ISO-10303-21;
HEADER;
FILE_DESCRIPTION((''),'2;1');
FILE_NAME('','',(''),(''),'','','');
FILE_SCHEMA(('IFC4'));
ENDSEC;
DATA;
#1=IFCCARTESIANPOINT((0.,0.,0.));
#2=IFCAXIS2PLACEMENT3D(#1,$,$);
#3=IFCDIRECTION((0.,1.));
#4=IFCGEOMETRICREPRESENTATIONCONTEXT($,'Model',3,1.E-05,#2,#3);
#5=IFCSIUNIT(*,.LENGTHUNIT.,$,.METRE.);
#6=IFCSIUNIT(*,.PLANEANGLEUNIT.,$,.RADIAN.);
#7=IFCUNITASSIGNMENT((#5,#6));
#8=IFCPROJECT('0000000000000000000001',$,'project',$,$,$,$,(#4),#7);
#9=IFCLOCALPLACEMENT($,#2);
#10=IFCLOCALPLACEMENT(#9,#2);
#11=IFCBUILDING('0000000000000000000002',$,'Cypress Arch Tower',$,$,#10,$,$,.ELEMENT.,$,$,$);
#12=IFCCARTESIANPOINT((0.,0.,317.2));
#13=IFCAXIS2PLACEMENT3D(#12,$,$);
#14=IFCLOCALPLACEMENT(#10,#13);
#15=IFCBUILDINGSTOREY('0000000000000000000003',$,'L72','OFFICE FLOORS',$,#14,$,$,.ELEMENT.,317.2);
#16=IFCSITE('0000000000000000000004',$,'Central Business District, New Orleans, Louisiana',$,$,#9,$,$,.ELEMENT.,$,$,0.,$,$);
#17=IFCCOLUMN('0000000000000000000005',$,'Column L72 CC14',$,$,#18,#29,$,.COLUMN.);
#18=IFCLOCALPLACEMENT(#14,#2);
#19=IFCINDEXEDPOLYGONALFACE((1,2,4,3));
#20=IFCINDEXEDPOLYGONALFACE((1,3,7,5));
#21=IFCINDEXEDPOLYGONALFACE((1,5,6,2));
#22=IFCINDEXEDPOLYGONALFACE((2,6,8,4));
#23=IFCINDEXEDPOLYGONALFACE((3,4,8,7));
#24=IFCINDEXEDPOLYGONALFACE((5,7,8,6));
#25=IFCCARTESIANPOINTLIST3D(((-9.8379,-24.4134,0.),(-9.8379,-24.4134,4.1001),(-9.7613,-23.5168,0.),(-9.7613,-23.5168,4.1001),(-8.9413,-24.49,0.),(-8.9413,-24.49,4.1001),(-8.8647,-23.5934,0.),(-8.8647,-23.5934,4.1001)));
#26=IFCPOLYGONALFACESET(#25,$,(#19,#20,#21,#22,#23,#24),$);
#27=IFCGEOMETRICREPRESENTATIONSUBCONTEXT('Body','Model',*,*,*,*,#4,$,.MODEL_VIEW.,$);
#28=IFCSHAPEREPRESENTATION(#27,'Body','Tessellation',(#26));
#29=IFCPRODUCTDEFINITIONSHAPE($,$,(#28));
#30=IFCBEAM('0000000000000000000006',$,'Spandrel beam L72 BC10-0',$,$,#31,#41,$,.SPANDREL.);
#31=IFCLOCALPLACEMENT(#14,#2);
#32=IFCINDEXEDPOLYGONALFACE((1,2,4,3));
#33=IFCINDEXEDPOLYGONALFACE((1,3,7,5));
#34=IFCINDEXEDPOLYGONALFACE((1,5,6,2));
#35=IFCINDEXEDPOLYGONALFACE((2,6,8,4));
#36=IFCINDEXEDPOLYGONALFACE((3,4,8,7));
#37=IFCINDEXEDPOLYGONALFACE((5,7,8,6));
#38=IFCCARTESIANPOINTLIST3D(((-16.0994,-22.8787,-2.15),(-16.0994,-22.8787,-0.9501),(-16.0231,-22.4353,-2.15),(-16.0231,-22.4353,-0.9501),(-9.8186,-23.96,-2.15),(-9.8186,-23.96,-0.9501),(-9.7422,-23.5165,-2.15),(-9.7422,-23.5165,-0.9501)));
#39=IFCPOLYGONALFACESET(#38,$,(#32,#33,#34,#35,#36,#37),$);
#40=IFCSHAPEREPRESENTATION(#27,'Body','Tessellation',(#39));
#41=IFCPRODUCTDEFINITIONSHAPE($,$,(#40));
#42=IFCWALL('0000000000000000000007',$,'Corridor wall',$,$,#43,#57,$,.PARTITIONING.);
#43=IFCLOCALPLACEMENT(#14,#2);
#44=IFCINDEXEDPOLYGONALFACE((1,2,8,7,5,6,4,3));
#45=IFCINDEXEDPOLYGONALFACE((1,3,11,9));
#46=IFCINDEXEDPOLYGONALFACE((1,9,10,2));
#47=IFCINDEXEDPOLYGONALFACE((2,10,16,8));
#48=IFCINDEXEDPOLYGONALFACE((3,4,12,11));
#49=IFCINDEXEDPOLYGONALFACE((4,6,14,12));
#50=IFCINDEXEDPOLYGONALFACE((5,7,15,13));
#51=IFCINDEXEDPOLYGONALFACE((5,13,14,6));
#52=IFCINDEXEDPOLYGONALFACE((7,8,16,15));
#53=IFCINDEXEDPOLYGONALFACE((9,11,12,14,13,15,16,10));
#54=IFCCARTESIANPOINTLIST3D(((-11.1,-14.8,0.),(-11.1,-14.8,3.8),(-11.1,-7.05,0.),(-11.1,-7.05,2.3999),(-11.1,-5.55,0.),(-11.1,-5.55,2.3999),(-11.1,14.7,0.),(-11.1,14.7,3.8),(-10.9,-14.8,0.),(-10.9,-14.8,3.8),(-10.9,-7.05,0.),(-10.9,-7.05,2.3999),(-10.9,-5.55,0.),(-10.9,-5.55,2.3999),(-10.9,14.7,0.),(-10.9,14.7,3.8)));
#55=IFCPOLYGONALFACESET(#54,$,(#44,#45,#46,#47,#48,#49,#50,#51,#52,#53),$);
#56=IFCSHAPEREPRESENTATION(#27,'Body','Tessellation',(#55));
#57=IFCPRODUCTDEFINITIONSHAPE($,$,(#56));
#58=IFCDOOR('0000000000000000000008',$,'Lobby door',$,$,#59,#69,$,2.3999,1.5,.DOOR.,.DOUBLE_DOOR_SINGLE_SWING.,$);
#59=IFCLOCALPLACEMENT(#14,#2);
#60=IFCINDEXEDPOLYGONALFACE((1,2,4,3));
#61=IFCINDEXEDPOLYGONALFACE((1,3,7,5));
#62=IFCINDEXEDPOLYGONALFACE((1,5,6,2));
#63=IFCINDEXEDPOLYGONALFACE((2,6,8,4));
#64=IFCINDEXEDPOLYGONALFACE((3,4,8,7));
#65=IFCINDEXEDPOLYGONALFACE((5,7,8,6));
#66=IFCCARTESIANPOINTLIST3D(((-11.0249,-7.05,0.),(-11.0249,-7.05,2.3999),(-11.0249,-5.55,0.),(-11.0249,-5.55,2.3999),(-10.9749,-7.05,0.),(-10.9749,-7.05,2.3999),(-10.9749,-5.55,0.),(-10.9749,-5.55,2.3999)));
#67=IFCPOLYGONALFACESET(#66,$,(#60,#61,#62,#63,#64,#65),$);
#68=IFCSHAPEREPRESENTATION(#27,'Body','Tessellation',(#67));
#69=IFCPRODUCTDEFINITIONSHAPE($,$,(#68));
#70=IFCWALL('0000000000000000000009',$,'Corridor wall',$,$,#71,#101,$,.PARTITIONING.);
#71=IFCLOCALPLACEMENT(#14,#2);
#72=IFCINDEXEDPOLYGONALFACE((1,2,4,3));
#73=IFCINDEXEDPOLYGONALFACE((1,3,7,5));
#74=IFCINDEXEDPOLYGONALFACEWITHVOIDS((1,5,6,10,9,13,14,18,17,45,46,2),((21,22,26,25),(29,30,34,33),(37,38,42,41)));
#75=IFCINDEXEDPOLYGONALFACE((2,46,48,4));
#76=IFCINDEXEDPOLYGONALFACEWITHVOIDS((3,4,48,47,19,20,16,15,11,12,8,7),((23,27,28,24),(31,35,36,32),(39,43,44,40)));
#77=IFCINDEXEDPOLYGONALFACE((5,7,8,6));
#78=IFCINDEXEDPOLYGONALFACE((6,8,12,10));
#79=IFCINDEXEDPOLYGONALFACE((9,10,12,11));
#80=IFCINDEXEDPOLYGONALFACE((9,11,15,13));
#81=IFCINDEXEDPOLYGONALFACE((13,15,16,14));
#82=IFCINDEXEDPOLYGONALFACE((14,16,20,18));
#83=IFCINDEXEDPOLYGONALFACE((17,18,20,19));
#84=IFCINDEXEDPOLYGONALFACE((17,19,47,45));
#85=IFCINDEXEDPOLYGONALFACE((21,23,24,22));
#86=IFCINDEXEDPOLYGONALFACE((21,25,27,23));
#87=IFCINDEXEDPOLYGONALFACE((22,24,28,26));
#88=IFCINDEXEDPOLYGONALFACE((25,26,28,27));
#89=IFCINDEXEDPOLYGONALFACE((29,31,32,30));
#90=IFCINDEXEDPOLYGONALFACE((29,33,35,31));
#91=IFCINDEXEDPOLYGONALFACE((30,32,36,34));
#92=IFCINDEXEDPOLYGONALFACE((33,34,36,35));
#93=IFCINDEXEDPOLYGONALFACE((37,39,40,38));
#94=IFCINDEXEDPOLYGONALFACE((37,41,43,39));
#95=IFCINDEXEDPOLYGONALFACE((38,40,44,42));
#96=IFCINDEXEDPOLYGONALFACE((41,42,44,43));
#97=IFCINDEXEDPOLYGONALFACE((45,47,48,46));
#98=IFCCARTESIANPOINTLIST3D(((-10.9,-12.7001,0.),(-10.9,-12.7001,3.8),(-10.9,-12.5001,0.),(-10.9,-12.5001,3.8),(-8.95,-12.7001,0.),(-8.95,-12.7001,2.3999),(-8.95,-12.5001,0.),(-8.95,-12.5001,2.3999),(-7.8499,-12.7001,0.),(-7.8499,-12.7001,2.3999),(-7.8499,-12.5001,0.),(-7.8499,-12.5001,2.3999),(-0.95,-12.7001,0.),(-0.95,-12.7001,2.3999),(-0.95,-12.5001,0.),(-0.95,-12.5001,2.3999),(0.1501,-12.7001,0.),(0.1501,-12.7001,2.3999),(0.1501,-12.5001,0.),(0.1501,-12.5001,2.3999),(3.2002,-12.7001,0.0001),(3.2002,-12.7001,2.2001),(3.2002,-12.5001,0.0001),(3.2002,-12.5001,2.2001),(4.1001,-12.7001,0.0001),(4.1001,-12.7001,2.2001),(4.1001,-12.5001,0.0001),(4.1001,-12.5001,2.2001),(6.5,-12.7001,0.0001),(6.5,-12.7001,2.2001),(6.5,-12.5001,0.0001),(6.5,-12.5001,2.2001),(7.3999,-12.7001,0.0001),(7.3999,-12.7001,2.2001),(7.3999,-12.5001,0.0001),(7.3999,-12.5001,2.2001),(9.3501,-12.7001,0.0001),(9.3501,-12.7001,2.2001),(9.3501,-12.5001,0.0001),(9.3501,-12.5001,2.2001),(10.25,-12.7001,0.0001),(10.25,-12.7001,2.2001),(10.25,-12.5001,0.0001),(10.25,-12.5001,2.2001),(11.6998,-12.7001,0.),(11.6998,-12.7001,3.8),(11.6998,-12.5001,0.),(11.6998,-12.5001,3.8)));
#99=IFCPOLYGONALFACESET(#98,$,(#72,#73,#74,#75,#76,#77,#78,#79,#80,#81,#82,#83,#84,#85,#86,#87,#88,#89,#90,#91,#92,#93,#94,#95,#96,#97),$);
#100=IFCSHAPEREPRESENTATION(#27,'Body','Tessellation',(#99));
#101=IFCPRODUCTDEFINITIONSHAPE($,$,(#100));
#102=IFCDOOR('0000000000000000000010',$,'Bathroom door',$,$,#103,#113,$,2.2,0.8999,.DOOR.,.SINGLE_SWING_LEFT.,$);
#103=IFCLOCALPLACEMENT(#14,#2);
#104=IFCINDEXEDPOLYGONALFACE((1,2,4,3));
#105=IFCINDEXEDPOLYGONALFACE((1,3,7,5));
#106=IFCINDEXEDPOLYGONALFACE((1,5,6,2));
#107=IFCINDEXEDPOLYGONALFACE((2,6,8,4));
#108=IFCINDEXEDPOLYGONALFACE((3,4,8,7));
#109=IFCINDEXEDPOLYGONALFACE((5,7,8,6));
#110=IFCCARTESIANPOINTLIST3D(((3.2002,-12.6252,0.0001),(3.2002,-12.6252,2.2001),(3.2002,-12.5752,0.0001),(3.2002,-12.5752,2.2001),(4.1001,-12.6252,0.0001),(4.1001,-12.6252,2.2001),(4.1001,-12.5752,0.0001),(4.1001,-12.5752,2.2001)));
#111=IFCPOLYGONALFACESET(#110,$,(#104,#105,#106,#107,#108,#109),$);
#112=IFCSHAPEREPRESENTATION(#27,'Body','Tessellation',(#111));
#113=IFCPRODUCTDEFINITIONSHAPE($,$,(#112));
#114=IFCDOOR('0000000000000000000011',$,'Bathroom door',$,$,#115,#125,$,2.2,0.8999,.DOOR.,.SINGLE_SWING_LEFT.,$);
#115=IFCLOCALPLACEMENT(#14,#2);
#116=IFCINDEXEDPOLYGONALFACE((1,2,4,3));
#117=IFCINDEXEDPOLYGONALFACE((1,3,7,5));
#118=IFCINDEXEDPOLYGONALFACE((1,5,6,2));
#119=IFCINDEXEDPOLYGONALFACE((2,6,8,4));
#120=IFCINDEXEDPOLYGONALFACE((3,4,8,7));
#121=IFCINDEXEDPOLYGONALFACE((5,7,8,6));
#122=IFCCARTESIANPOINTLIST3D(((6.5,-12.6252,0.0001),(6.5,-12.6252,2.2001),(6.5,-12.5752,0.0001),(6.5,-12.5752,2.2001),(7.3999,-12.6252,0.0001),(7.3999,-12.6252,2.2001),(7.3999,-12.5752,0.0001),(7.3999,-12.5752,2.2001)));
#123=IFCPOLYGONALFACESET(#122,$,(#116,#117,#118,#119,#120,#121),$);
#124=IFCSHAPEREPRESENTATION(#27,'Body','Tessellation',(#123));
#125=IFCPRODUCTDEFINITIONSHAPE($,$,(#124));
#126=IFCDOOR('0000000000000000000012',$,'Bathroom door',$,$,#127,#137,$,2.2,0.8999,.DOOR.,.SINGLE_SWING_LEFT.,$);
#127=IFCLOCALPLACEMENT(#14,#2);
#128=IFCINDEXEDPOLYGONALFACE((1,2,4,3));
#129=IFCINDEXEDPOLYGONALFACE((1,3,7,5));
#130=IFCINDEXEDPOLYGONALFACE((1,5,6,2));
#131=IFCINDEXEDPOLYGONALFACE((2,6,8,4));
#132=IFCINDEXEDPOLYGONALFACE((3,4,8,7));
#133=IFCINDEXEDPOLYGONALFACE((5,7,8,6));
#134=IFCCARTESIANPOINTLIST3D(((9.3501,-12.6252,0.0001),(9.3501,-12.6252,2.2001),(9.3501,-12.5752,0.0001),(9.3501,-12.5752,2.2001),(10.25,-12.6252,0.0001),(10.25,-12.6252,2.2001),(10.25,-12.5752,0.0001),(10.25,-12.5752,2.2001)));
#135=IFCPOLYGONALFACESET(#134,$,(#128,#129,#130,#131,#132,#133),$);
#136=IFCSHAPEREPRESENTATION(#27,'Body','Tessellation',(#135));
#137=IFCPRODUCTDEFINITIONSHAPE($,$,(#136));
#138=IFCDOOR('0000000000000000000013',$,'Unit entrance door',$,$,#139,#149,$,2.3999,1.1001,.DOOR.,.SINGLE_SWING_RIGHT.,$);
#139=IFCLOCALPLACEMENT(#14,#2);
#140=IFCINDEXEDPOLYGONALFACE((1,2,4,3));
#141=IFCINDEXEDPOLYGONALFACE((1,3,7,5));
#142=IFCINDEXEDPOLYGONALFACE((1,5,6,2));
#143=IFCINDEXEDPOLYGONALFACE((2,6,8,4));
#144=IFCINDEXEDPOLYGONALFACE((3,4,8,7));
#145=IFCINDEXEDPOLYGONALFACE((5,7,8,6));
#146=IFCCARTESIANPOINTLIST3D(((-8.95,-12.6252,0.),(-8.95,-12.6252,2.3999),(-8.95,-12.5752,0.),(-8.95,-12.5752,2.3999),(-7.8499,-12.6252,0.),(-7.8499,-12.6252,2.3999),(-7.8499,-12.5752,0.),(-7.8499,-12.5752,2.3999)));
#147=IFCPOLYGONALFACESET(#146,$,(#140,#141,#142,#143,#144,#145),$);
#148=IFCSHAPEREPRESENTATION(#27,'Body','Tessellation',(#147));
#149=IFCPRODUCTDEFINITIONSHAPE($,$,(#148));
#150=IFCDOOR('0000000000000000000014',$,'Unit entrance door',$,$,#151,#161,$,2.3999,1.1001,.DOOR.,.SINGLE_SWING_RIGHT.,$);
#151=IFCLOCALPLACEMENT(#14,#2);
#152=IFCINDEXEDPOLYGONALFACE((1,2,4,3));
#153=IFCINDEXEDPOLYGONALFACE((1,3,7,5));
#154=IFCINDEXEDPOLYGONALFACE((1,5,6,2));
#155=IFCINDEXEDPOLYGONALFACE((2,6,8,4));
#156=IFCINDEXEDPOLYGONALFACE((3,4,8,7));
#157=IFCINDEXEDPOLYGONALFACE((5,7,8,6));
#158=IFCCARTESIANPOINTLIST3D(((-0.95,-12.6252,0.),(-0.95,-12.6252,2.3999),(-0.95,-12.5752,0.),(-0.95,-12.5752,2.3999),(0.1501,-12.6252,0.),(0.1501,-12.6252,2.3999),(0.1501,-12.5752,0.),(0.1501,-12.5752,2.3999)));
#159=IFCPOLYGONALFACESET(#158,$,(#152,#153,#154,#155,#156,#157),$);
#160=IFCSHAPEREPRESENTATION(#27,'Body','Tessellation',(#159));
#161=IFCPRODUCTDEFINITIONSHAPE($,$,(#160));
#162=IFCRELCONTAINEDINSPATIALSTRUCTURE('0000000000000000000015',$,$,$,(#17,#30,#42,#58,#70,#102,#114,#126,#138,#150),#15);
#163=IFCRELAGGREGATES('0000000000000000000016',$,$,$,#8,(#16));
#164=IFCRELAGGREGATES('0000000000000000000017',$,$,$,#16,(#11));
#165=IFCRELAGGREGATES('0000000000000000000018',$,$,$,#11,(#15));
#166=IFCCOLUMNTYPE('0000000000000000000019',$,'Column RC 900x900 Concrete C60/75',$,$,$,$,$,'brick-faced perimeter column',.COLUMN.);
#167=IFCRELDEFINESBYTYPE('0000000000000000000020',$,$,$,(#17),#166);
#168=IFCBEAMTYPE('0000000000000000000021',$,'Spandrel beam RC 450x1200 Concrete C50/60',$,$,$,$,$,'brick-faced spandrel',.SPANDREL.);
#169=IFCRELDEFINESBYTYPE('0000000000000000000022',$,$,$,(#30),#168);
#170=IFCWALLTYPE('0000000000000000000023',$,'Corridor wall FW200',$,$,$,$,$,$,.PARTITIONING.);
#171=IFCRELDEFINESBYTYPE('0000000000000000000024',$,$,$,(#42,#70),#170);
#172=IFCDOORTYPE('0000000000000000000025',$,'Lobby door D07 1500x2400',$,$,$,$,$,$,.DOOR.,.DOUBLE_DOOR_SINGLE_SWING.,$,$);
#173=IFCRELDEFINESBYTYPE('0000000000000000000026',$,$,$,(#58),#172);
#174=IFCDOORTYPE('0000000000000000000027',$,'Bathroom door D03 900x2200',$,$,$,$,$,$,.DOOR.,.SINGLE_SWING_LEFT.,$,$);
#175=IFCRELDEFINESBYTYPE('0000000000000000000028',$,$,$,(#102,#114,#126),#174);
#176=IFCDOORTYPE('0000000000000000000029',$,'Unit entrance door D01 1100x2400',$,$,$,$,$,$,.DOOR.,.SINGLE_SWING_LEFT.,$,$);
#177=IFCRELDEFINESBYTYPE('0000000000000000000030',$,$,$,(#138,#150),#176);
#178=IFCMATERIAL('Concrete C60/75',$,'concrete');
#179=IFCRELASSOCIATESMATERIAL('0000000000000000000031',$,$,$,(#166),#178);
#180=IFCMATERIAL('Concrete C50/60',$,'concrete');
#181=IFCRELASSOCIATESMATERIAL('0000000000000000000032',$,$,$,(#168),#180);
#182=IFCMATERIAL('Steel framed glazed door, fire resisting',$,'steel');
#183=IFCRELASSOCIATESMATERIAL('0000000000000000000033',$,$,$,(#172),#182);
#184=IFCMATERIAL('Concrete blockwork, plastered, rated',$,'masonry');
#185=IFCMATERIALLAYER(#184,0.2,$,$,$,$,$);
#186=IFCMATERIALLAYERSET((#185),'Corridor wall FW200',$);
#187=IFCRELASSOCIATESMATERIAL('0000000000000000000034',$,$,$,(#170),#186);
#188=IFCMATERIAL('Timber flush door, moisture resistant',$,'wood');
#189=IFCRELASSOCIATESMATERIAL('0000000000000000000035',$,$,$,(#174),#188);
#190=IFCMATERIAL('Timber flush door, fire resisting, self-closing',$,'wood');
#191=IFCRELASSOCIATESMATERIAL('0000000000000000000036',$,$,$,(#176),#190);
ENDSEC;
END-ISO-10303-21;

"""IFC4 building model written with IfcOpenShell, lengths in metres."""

from ifc_helpers import new_model, si_unit, direction, frame, frame_2d, origin, origin_2d, place, context, subcontext, project, spatial, rectangle, extrude, material, layer, layer_set, material_profile, profile_set, type_object, element, fill, save


model = new_model("IFC4")

# Units and contexts
model_context = context("Model", 3, precision=1e-05, world=origin(), true_north=direction((0.0, 1.0)))
body_context = subcontext(model_context, "Body", "Model", "MODEL_VIEW")
ifc_project = project(units=[si_unit("LENGTHUNIT", "METRE"), si_unit("PLANEANGLEUNIT", "RADIAN")], contexts=[model_context])

# Site, building, storey
site_placement = place(None, origin())
site = spatial("IfcSite", under=ifc_project, at=site_placement, Name="Central Business District, New Orleans, Louisiana", CompositionType="ELEMENT", RefElevation=0.0)
building_placement = place(site_placement, origin())
building = spatial("IfcBuilding", under=site, at=building_placement, Name="Cypress Arch Tower", CompositionType="ELEMENT")
storey_placement = place(building_placement, frame((0.0, 0.0, 317.2)))
storey = spatial("IfcBuildingStorey", under=building, at=storey_placement, Name="L72", Description="OFFICE FLOORS", CompositionType="ELEMENT", Elevation=317.2)

# Column
ifc_material_1 = material(Name="Concrete C60/75", Category="concrete")
ifc_material_profile_1 = material_profile(ifc_material_1, rectangle(XDim=0.8999, YDim=0.8999, at=origin_2d()), Name="RC 900x900")
ifc_profile_set_1 = profile_set([ifc_material_profile_1], Name="Concrete C60/75")
column_type = type_object("IfcColumnType", Name="Column RC 900x900 Concrete C60/75", ElementType="brick-faced perimeter column", PredefinedType="COLUMN", material=ifc_profile_set_1)
column_placement = place(storey_placement, frame((-9.3513, -24.0034, 0.0), z_axis=(0.0, 0.0, 1.0), x_axis=(0.996368, -0.085149, 0.0)))
element("IfcColumn", 1, at=column_placement, inside=storey, type_object=column_type, Name="Column L72 CC14", PredefinedType="COLUMN", context=body_context, shape_type="SweptSolid", body=[
    extrude(rectangle(XDim=0.8999, YDim=0.8999, at=origin_2d()), origin(), (0.0, 0.0, 1.0), 4.1001),
])

# Beam
ifc_material_2 = material(Name="Concrete C50/60", Category="concrete")
ifc_material_profile_2 = material_profile(ifc_material_2, rectangle(XDim=0.45, YDim=1.2, at=origin_2d()), Name="RC 450x1200")
ifc_profile_set_2 = profile_set([ifc_material_profile_2], Name="Concrete C50/60")
beam_type = type_object("IfcBeamType", Name="Spandrel beam RC 450x1200 Concrete C50/60", ElementType="brick-faced spandrel", PredefinedType="SPANDREL", material=ifc_profile_set_2)
beam_placement = place(storey_placement, frame((-16.0613, -22.657, -1.55), z_axis=(0.985503, -0.169658, 0.0), x_axis=(0.169658, 0.985503, 0.0)))
element("IfcBeam", 2, at=beam_placement, inside=storey, type_object=beam_type, Name="Spandrel beam L72 BC10-0", PredefinedType="SPANDREL", context=body_context, shape_type="SweptSolid", body=[
    extrude(rectangle(XDim=0.45, YDim=1.2, at=origin_2d()), origin(), (0.0, 0.0, 1.0), 6.3733),
])

# Shared definitions
ifc_material_3 = material(Name="Steel framed glazed door, fire resisting", Category="steel")
door_type_1 = type_object("IfcDoorType", Name="Lobby door D07 1500x2400", OperationType="DOUBLE_DOOR_SINGLE_SWING", PredefinedType="DOOR", material=ifc_material_3)

# Shared definitions
ifc_material_4 = material(Name="Concrete blockwork, plastered, rated", Category="masonry")
ifc_layer_1 = layer(ifc_material_4, 0.2)
ifc_layer_set_1 = layer_set([ifc_layer_1], Name="Corridor wall FW200")
wall_type_1 = type_object("IfcWallType", Name="Corridor wall FW200", PredefinedType="PARTITIONING", material=ifc_layer_set_1)

# Wall, opening, door
wall_1_placement = place(storey_placement, frame((-11.0, -14.8, 0.0), z_axis=(0.0, 0.0, 1.0), x_axis=(0.0, 1.0, 0.0)))
wall_1 = element("IfcWall", 3, at=wall_1_placement, inside=storey, type_object=wall_type_1, Name="Corridor wall", PredefinedType="PARTITIONING", context=body_context, shape_type="SweptSolid", body=[
    extrude(rectangle(XDim=29.5, YDim=0.2, at=frame_2d((14.75, 0.0))), origin(), (0.0, 0.0, 1.0), 3.8),
])
opening_1_placement = place(wall_1_placement, frame((7.75, 0.0, 0.0)))
opening_1 = element("IfcOpeningElement", 4, at=opening_1_placement, cuts=wall_1, PredefinedType="OPENING", context=body_context, shape_type="SweptSolid", body=[
    extrude(rectangle(XDim=1.5, YDim=2.3999, at=frame_2d((0.75, 1.2))), frame((0.0, 0.1099, 0.0), z_axis=(0.0, -1.0, 0.0), x_axis=(1.0, 0.0, 0.0)), (0.0, 0.0, 1.0), 0.22),
])
door_1_placement = place(opening_1_placement, origin())
door_1 = element("IfcDoor", 5, at=door_1_placement, inside=storey, type_object=door_type_1, Name="Lobby door", OperationType="DOUBLE_DOOR_SINGLE_SWING", OverallHeight=2.3999, OverallWidth=1.5, PredefinedType="DOOR", context=body_context, shape_type="SweptSolid", body=[
    extrude(rectangle(XDim=1.5, YDim=2.3999, at=frame_2d((0.75, 1.2))), frame((0.0, 0.0249, 0.0), z_axis=(0.0, -1.0, 0.0), x_axis=(1.0, 0.0, 0.0)), (0.0, 0.0, 1.0), 0.05),
])
fill(opening_1, door_1)

# Wall, openings, doors
wall_2_placement = place(storey_placement, frame((-10.8999, -12.6001, 0.0), z_axis=(0.0, 0.0, 1.0), x_axis=(1.0, 0.0, 0.0)))
wall_2 = element("IfcWall", 6, at=wall_2_placement, inside=storey, type_object=wall_type_1, Name="Corridor wall", PredefinedType="PARTITIONING", context=body_context, shape_type="SweptSolid", body=[
    extrude(rectangle(XDim=22.5999, YDim=0.2, at=frame_2d((11.2998, 0.0))), origin(), (0.0, 0.0, 1.0), 3.8),
])
opening_2_placement = place(wall_2_placement, frame((14.1001, 0.0, 0.0)))
opening_2 = element("IfcOpeningElement", 7, at=opening_2_placement, cuts=wall_2, PredefinedType="OPENING", context=body_context, shape_type="SweptSolid", body=[
    extrude(rectangle(XDim=0.8999, YDim=2.2, at=frame_2d((0.45, 1.1001))), frame((0.0, 0.1099, 0.0), z_axis=(0.0, -1.0, 0.0), x_axis=(1.0, 0.0, 0.0)), (0.0, 0.0, 1.0), 0.22),
])
opening_3_placement = place(wall_2_placement, frame((17.3999, 0.0, 0.0)))
opening_3 = element("IfcOpeningElement", 8, at=opening_3_placement, cuts=wall_2, PredefinedType="OPENING", context=body_context, shape_type="SweptSolid", body=[
    extrude(rectangle(XDim=0.8999, YDim=2.2, at=frame_2d((0.45, 1.1001))), frame((0.0, 0.1099, 0.0), z_axis=(0.0, -1.0, 0.0), x_axis=(1.0, 0.0, 0.0)), (0.0, 0.0, 1.0), 0.22),
])
opening_4_placement = place(wall_2_placement, frame((20.25, 0.0, 0.0)))
opening_4 = element("IfcOpeningElement", 9, at=opening_4_placement, cuts=wall_2, PredefinedType="OPENING", context=body_context, shape_type="SweptSolid", body=[
    extrude(rectangle(XDim=0.8999, YDim=2.2, at=frame_2d((0.45, 1.1001))), frame((0.0, 0.1099, 0.0), z_axis=(0.0, -1.0, 0.0), x_axis=(1.0, 0.0, 0.0)), (0.0, 0.0, 1.0), 0.22),
])
opening_5_placement = place(wall_2_placement, frame((1.95, 0.0, 0.0)))
opening_5 = element("IfcOpeningElement", 10, at=opening_5_placement, cuts=wall_2, PredefinedType="OPENING", context=body_context, shape_type="SweptSolid", body=[
    extrude(rectangle(XDim=1.1001, YDim=2.3999, at=frame_2d((0.55, 1.2))), frame((0.0, 0.1099, 0.0), z_axis=(0.0, -1.0, 0.0), x_axis=(1.0, 0.0, 0.0)), (0.0, 0.0, 1.0), 0.22),
])
opening_6_placement = place(wall_2_placement, frame((9.95, 0.0, 0.0)))
opening_6 = element("IfcOpeningElement", 11, at=opening_6_placement, cuts=wall_2, PredefinedType="OPENING", context=body_context, shape_type="SweptSolid", body=[
    extrude(rectangle(XDim=1.1001, YDim=2.3999, at=frame_2d((0.55, 1.2))), frame((0.0, 0.1099, 0.0), z_axis=(0.0, -1.0, 0.0), x_axis=(1.0, 0.0, 0.0)), (0.0, 0.0, 1.0), 0.22),
])
ifc_material_5 = material(Name="Timber flush door, moisture resistant", Category="wood")
door_type_2 = type_object("IfcDoorType", Name="Bathroom door D03 900x2200", OperationType="SINGLE_SWING_LEFT", PredefinedType="DOOR", material=ifc_material_5)
door_2_placement = place(opening_2_placement, origin())
door_2 = element("IfcDoor", 12, at=door_2_placement, inside=storey, type_object=door_type_2, Name="Bathroom door", OperationType="SINGLE_SWING_LEFT", OverallHeight=2.2, OverallWidth=0.8999, PredefinedType="DOOR", context=body_context, shape_type="SweptSolid", body=[
    extrude(rectangle(XDim=0.8999, YDim=2.2, at=frame_2d((0.45, 1.1001))), frame((0.0, 0.0249, 0.0), z_axis=(0.0, -1.0, 0.0), x_axis=(1.0, 0.0, 0.0)), (0.0, 0.0, 1.0), 0.05),
])
fill(opening_2, door_2)
door_3_placement = place(opening_3_placement, origin())
door_3 = element("IfcDoor", 13, at=door_3_placement, inside=storey, type_object=door_type_2, Name="Bathroom door", OperationType="SINGLE_SWING_LEFT", OverallHeight=2.2, OverallWidth=0.8999, PredefinedType="DOOR", context=body_context, shape_type="SweptSolid", body=[
    extrude(rectangle(XDim=0.8999, YDim=2.2, at=frame_2d((0.45, 1.1001))), frame((0.0, 0.0249, 0.0), z_axis=(0.0, -1.0, 0.0), x_axis=(1.0, 0.0, 0.0)), (0.0, 0.0, 1.0), 0.05),
])
fill(opening_3, door_3)
door_4_placement = place(opening_4_placement, origin())
door_4 = element("IfcDoor", 14, at=door_4_placement, inside=storey, type_object=door_type_2, Name="Bathroom door", OperationType="SINGLE_SWING_LEFT", OverallHeight=2.2, OverallWidth=0.8999, PredefinedType="DOOR", context=body_context, shape_type="SweptSolid", body=[
    extrude(rectangle(XDim=0.8999, YDim=2.2, at=frame_2d((0.45, 1.1001))), frame((0.0, 0.0249, 0.0), z_axis=(0.0, -1.0, 0.0), x_axis=(1.0, 0.0, 0.0)), (0.0, 0.0, 1.0), 0.05),
])
fill(opening_4, door_4)
ifc_material_6 = material(Name="Timber flush door, fire resisting, self-closing", Category="wood")
door_type_3 = type_object("IfcDoorType", Name="Unit entrance door D01 1100x2400", OperationType="SINGLE_SWING_LEFT", PredefinedType="DOOR", material=ifc_material_6)
door_5_placement = place(opening_5_placement, origin())
door_5 = element("IfcDoor", 15, at=door_5_placement, inside=storey, type_object=door_type_3, Name="Unit entrance door", OperationType="SINGLE_SWING_RIGHT", OverallHeight=2.3999, OverallWidth=1.1001, PredefinedType="DOOR", context=body_context, shape_type="SweptSolid", body=[
    extrude(rectangle(XDim=1.1001, YDim=2.3999, at=frame_2d((0.55, 1.2))), frame((0.0, 0.0249, 0.0), z_axis=(0.0, -1.0, 0.0), x_axis=(1.0, 0.0, 0.0)), (0.0, 0.0, 1.0), 0.05),
])
fill(opening_5, door_5)
door_6_placement = place(opening_6_placement, origin())
door_6 = element("IfcDoor", 16, at=door_6_placement, inside=storey, type_object=door_type_3, Name="Unit entrance door", OperationType="SINGLE_SWING_RIGHT", OverallHeight=2.3999, OverallWidth=1.1001, PredefinedType="DOOR", context=body_context, shape_type="SweptSolid", body=[
    extrude(rectangle(XDim=1.1001, YDim=2.3999, at=frame_2d((0.55, 1.2))), frame((0.0, 0.0249, 0.0), z_axis=(0.0, -1.0, 0.0), x_axis=(1.0, 0.0, 0.0)), (0.0, 0.0, 1.0), 0.05),
])
fill(opening_6, door_6)

save(model, "model.ifc")
